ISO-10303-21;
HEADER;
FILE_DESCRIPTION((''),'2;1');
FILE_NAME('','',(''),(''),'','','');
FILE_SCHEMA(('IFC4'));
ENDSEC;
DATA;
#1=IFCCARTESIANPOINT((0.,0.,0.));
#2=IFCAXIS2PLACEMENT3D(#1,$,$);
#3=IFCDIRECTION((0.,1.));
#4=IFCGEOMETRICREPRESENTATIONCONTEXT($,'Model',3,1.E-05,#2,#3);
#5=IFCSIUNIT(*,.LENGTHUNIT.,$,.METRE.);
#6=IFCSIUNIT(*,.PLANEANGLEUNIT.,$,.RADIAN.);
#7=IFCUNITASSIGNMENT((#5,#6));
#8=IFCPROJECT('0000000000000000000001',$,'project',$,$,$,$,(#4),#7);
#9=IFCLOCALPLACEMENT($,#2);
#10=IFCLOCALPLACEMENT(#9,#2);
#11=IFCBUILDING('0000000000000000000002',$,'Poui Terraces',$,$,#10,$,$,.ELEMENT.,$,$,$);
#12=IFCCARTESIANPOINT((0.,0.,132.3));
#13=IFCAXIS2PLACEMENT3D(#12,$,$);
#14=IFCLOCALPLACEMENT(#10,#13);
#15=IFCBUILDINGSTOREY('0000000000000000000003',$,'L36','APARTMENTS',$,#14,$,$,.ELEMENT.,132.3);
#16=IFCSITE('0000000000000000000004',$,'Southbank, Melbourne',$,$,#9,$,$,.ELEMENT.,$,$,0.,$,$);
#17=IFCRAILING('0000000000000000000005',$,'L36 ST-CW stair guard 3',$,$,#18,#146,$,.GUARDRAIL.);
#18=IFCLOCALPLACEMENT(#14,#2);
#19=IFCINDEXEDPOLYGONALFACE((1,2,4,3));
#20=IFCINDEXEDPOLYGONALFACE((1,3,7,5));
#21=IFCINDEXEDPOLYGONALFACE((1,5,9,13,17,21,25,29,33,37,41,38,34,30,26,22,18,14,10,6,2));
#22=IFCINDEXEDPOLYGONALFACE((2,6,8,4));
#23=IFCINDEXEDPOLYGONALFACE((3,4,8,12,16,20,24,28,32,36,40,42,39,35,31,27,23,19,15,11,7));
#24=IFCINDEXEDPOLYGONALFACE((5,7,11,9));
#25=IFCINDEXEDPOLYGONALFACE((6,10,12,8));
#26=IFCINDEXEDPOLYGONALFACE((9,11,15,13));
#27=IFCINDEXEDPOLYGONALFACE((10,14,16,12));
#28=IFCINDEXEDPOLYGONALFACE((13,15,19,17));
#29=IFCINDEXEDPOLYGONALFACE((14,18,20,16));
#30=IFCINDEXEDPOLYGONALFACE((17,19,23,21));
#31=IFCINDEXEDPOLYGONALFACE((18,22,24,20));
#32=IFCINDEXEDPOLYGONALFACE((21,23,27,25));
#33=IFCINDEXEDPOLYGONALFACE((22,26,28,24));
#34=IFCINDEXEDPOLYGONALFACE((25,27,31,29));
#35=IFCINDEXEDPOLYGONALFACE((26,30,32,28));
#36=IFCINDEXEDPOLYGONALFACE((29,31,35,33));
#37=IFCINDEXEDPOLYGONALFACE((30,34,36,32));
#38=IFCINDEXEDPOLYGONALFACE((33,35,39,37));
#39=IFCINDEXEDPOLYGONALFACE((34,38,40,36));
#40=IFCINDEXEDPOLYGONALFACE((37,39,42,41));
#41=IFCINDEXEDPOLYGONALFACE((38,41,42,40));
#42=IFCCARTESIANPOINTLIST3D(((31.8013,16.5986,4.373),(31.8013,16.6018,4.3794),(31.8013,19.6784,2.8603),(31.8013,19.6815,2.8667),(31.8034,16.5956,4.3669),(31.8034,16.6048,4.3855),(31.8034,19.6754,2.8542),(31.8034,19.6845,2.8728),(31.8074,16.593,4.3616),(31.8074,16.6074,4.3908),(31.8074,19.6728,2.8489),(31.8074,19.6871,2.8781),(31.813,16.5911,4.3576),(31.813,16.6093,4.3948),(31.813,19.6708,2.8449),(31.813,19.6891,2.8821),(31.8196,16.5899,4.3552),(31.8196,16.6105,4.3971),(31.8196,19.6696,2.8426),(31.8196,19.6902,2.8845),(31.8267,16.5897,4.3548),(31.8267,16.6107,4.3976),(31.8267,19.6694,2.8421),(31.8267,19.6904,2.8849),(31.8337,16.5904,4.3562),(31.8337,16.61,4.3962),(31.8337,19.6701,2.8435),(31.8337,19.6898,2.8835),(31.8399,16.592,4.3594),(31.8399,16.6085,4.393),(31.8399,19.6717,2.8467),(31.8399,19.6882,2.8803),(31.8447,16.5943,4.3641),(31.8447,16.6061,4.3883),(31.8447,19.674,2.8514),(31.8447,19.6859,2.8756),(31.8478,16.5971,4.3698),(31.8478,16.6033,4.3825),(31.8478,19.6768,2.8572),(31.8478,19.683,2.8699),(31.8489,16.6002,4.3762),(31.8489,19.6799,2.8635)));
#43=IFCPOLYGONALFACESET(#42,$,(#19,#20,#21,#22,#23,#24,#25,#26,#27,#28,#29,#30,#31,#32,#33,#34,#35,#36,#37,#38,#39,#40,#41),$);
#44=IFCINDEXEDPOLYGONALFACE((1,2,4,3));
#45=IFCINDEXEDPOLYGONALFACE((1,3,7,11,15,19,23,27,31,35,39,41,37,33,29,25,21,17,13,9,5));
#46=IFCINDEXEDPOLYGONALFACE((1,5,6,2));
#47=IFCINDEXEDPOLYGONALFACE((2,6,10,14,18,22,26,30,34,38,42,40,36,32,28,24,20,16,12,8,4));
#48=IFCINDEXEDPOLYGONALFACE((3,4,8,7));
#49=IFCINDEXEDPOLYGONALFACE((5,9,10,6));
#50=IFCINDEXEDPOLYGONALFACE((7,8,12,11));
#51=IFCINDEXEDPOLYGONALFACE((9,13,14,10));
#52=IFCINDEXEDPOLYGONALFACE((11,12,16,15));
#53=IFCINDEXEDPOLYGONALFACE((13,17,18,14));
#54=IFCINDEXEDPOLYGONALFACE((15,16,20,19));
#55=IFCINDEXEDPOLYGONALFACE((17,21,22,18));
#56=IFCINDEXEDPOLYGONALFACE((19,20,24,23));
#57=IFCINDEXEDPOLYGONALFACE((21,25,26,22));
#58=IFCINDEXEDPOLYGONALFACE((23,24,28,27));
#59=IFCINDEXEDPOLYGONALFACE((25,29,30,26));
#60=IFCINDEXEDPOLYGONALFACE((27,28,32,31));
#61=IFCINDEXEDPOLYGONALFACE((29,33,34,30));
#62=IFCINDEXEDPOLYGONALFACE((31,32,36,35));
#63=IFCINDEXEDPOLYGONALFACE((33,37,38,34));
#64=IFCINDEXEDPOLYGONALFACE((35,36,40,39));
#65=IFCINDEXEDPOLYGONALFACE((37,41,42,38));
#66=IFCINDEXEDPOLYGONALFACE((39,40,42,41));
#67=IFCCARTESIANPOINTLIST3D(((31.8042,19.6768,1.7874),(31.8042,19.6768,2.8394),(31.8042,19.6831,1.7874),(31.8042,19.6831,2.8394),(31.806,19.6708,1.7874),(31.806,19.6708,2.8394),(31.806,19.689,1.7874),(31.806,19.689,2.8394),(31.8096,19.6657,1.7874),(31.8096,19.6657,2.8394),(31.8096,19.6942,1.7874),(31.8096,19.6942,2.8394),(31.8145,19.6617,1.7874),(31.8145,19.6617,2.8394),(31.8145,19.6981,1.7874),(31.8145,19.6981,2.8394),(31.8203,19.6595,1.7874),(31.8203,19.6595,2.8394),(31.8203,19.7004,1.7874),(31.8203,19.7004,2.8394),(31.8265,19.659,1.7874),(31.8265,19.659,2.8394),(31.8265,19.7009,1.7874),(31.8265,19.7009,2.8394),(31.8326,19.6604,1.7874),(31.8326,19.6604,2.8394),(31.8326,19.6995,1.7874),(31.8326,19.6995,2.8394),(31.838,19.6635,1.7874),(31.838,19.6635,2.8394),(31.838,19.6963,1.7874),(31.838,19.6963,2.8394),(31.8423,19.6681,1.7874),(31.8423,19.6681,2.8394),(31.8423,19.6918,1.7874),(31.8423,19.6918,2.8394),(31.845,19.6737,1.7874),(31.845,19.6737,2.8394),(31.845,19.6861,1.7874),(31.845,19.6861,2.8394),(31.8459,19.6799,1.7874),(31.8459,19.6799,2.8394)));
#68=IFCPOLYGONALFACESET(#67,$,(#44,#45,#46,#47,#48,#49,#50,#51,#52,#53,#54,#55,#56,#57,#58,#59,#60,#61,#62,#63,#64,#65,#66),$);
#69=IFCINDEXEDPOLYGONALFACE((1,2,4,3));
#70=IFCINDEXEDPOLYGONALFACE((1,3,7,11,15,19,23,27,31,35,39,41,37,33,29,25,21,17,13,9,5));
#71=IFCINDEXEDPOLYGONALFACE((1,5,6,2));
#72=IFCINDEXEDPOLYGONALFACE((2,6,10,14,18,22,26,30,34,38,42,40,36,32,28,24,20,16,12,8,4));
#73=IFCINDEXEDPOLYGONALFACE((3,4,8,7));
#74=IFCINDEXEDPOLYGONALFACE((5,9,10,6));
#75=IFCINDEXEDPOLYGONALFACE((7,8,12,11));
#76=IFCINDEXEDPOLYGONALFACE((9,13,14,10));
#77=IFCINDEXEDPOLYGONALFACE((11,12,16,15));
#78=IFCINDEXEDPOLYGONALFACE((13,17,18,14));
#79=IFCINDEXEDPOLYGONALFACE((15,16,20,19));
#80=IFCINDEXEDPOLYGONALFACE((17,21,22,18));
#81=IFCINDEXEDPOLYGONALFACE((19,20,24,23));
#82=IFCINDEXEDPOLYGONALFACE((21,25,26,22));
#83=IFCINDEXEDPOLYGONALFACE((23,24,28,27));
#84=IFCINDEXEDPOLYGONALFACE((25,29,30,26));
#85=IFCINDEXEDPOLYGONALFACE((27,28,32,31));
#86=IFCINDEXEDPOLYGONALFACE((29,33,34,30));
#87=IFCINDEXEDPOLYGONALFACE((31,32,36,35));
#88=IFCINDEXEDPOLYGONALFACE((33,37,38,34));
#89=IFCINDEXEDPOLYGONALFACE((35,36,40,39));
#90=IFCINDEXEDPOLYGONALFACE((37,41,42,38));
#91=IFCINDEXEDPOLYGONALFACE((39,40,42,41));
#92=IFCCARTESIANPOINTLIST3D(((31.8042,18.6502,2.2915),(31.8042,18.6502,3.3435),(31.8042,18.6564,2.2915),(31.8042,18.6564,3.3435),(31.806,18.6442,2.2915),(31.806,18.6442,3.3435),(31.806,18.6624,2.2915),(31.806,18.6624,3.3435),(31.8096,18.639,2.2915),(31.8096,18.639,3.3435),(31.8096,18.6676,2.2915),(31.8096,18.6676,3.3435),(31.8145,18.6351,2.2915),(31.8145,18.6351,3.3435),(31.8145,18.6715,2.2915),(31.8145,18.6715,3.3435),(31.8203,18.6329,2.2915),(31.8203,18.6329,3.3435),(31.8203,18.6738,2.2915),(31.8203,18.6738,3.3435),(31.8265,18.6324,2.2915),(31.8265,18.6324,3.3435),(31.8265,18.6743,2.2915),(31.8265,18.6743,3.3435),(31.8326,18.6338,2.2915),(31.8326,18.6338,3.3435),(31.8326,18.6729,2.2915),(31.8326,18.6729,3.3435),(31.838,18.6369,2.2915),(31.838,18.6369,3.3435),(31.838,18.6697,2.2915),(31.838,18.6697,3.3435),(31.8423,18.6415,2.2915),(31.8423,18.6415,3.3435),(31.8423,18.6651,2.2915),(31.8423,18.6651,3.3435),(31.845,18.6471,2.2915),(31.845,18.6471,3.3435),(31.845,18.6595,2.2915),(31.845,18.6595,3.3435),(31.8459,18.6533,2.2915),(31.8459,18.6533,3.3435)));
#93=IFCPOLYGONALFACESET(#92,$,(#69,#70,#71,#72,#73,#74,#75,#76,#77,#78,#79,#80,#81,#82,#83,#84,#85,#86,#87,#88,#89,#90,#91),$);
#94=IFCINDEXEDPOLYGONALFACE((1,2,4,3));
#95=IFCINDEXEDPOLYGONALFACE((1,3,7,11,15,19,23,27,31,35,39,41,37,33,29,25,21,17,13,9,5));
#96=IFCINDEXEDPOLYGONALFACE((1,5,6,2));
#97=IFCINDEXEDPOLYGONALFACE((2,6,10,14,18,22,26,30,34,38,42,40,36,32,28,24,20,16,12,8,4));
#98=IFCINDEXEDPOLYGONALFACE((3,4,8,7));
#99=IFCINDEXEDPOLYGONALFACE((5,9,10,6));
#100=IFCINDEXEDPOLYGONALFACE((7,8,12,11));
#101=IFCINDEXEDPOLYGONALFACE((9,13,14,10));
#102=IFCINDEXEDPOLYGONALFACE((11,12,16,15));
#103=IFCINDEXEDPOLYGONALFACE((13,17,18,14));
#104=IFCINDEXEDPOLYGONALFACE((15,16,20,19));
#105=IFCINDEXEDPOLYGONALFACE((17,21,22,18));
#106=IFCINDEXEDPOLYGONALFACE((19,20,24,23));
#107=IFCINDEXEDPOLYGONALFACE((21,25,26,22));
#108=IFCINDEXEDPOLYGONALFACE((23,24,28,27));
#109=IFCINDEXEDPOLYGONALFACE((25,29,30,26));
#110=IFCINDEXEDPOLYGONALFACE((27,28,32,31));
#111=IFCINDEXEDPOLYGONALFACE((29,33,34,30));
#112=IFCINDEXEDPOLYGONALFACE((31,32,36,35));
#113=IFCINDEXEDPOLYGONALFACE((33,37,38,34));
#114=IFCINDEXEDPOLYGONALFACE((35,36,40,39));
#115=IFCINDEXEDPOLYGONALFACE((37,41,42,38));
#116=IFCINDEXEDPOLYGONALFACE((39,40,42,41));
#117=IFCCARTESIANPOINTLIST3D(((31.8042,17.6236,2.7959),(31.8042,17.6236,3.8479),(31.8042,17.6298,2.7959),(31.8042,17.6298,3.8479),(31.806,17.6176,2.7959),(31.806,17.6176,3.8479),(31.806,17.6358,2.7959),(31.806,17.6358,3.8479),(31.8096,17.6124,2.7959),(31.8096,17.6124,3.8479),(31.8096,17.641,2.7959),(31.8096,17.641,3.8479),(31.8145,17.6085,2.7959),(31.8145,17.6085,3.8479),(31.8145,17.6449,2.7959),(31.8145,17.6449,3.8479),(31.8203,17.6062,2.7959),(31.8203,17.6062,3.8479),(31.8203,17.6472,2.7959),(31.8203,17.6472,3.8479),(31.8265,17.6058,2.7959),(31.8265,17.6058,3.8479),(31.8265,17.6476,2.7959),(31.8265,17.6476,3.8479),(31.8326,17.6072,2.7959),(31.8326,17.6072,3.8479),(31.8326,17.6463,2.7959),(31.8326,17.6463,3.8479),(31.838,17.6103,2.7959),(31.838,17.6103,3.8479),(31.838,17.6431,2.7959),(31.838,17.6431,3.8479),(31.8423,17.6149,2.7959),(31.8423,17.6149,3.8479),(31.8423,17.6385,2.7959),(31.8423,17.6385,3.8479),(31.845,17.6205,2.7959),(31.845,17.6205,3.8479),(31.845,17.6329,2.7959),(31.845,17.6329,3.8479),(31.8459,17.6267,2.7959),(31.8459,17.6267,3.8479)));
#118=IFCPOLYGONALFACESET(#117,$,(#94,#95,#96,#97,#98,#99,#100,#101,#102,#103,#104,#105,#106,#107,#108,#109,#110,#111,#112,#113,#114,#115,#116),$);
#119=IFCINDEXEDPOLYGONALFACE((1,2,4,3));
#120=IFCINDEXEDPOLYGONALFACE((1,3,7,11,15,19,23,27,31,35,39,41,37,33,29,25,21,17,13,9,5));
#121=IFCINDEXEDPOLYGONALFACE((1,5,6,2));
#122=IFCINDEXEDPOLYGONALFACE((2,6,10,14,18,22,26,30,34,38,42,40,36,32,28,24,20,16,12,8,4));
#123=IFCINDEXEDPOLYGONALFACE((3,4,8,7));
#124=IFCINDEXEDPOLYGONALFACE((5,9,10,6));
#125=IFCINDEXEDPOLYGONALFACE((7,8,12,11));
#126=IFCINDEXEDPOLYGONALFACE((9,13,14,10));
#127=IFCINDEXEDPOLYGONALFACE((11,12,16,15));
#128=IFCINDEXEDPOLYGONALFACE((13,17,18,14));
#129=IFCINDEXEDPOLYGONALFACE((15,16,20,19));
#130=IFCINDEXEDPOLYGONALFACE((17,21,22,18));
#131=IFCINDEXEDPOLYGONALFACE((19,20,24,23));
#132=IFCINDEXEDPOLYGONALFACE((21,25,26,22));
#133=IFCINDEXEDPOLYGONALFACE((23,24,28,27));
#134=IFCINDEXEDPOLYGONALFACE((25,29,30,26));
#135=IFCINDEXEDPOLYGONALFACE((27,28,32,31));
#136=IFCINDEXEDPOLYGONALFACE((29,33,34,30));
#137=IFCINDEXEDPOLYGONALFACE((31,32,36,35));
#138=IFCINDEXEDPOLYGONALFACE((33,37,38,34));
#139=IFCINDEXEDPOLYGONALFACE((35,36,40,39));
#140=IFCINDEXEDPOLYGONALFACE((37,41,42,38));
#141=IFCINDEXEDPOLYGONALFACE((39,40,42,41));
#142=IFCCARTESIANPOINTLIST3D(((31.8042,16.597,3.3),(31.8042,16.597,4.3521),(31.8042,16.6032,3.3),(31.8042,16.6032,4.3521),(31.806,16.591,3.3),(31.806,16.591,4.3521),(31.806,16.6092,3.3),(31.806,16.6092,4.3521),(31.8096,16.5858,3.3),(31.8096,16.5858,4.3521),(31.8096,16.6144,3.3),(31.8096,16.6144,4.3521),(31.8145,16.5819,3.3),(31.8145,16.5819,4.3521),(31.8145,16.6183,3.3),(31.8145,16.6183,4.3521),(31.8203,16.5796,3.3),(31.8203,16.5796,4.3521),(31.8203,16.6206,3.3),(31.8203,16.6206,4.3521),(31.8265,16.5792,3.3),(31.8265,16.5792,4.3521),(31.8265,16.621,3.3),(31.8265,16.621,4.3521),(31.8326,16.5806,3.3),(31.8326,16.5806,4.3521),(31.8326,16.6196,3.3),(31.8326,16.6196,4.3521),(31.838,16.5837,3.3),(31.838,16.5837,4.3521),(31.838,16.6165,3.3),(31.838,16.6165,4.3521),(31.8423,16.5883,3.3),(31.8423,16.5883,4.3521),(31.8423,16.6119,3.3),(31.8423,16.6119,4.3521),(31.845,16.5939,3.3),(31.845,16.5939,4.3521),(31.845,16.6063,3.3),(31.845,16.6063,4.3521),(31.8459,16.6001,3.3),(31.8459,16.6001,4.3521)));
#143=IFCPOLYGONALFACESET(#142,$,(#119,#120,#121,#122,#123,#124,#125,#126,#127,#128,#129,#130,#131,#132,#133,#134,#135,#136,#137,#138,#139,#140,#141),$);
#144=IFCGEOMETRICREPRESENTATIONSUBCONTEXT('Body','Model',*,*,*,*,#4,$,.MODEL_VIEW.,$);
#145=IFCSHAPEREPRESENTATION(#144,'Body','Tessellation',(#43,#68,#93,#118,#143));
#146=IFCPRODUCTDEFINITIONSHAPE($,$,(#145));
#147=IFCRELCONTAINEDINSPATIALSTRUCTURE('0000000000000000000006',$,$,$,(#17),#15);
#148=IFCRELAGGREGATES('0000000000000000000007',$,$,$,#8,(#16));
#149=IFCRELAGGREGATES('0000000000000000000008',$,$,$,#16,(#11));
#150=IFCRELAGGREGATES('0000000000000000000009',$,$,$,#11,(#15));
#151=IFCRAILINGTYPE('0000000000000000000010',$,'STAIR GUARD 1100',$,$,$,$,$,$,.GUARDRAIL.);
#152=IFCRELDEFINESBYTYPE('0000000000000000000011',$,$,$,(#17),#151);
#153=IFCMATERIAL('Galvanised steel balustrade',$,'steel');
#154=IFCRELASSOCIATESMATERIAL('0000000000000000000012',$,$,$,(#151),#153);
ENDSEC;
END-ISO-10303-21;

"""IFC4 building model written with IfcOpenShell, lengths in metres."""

from ifc_helpers import new_model, si_unit, direction, frame, origin, origin_2d, place, context, subcontext, project, spatial, circle, extrude, material, type_object, element, save


model = new_model("IFC4")

# Units and contexts
model_context = context("Model", 3, precision=1e-05, world=origin(), true_north=direction((0.0, 1.0)))
body_context = subcontext(model_context, "Body", "Model", "MODEL_VIEW")
ifc_project = project(units=[si_unit("LENGTHUNIT", "METRE"), si_unit("PLANEANGLEUNIT", "RADIAN")], contexts=[model_context])

# Site, building, storey
site_placement = place(None, origin())
site = spatial("IfcSite", under=ifc_project, at=site_placement, Name="Southbank, Melbourne", CompositionType="ELEMENT", RefElevation=0.0)
building_placement = place(site_placement, origin())
building = spatial("IfcBuilding", under=site, at=building_placement, Name="Poui Terraces", CompositionType="ELEMENT")
storey_placement = place(building_placement, frame((0.0, 0.0, 132.3)))
storey = spatial("IfcBuildingStorey", under=building, at=storey_placement, Name="L36", Description="APARTMENTS", CompositionType="ELEMENT", Elevation=132.3)

# Railing
ifc_material_1 = material(Name="Galvanised steel balustrade", Category="steel")
railing_type_1 = type_object("IfcRailingType", Name="STAIR GUARD 1100", PredefinedType="GUARDRAIL", material=ifc_material_1)
railing_1_placement = place(storey_placement, frame((31.825, 19.6799, 1.7874)))
element("IfcRailing", 1, at=railing_1_placement, inside=storey, type_object=railing_type_1, Name="L36 ST-CW stair guard 3", PredefinedType="GUARDRAIL", context=body_context, shape_type="SweptSolid", body=[
    extrude(circle(Radius=0.0239, at=origin_2d()), frame((0.0, 0.0, 1.0762), z_axis=(0.0, -0.897578, 0.440856), x_axis=(1.0, 0.0, 0.0)), (0.0, 0.0, 1.0), 3.4312),
    extrude(circle(Radius=0.021, at=origin_2d()), origin(), (0.0, 0.0, 1.0), 1.052),
    extrude(circle(Radius=0.021, at=origin_2d()), frame((0.0, -1.0266, 0.5042)), (0.0, 0.0, 1.0), 1.052),
    extrude(circle(Radius=0.021, at=origin_2d()), frame((0.0, -2.0532, 1.0085)), (0.0, 0.0, 1.0), 1.052),
    extrude(circle(Radius=0.021, at=origin_2d()), frame((0.0, -3.0798, 1.5127)), (0.0, 0.0, 1.0), 1.052),
])

save(model, "model.ifc")
